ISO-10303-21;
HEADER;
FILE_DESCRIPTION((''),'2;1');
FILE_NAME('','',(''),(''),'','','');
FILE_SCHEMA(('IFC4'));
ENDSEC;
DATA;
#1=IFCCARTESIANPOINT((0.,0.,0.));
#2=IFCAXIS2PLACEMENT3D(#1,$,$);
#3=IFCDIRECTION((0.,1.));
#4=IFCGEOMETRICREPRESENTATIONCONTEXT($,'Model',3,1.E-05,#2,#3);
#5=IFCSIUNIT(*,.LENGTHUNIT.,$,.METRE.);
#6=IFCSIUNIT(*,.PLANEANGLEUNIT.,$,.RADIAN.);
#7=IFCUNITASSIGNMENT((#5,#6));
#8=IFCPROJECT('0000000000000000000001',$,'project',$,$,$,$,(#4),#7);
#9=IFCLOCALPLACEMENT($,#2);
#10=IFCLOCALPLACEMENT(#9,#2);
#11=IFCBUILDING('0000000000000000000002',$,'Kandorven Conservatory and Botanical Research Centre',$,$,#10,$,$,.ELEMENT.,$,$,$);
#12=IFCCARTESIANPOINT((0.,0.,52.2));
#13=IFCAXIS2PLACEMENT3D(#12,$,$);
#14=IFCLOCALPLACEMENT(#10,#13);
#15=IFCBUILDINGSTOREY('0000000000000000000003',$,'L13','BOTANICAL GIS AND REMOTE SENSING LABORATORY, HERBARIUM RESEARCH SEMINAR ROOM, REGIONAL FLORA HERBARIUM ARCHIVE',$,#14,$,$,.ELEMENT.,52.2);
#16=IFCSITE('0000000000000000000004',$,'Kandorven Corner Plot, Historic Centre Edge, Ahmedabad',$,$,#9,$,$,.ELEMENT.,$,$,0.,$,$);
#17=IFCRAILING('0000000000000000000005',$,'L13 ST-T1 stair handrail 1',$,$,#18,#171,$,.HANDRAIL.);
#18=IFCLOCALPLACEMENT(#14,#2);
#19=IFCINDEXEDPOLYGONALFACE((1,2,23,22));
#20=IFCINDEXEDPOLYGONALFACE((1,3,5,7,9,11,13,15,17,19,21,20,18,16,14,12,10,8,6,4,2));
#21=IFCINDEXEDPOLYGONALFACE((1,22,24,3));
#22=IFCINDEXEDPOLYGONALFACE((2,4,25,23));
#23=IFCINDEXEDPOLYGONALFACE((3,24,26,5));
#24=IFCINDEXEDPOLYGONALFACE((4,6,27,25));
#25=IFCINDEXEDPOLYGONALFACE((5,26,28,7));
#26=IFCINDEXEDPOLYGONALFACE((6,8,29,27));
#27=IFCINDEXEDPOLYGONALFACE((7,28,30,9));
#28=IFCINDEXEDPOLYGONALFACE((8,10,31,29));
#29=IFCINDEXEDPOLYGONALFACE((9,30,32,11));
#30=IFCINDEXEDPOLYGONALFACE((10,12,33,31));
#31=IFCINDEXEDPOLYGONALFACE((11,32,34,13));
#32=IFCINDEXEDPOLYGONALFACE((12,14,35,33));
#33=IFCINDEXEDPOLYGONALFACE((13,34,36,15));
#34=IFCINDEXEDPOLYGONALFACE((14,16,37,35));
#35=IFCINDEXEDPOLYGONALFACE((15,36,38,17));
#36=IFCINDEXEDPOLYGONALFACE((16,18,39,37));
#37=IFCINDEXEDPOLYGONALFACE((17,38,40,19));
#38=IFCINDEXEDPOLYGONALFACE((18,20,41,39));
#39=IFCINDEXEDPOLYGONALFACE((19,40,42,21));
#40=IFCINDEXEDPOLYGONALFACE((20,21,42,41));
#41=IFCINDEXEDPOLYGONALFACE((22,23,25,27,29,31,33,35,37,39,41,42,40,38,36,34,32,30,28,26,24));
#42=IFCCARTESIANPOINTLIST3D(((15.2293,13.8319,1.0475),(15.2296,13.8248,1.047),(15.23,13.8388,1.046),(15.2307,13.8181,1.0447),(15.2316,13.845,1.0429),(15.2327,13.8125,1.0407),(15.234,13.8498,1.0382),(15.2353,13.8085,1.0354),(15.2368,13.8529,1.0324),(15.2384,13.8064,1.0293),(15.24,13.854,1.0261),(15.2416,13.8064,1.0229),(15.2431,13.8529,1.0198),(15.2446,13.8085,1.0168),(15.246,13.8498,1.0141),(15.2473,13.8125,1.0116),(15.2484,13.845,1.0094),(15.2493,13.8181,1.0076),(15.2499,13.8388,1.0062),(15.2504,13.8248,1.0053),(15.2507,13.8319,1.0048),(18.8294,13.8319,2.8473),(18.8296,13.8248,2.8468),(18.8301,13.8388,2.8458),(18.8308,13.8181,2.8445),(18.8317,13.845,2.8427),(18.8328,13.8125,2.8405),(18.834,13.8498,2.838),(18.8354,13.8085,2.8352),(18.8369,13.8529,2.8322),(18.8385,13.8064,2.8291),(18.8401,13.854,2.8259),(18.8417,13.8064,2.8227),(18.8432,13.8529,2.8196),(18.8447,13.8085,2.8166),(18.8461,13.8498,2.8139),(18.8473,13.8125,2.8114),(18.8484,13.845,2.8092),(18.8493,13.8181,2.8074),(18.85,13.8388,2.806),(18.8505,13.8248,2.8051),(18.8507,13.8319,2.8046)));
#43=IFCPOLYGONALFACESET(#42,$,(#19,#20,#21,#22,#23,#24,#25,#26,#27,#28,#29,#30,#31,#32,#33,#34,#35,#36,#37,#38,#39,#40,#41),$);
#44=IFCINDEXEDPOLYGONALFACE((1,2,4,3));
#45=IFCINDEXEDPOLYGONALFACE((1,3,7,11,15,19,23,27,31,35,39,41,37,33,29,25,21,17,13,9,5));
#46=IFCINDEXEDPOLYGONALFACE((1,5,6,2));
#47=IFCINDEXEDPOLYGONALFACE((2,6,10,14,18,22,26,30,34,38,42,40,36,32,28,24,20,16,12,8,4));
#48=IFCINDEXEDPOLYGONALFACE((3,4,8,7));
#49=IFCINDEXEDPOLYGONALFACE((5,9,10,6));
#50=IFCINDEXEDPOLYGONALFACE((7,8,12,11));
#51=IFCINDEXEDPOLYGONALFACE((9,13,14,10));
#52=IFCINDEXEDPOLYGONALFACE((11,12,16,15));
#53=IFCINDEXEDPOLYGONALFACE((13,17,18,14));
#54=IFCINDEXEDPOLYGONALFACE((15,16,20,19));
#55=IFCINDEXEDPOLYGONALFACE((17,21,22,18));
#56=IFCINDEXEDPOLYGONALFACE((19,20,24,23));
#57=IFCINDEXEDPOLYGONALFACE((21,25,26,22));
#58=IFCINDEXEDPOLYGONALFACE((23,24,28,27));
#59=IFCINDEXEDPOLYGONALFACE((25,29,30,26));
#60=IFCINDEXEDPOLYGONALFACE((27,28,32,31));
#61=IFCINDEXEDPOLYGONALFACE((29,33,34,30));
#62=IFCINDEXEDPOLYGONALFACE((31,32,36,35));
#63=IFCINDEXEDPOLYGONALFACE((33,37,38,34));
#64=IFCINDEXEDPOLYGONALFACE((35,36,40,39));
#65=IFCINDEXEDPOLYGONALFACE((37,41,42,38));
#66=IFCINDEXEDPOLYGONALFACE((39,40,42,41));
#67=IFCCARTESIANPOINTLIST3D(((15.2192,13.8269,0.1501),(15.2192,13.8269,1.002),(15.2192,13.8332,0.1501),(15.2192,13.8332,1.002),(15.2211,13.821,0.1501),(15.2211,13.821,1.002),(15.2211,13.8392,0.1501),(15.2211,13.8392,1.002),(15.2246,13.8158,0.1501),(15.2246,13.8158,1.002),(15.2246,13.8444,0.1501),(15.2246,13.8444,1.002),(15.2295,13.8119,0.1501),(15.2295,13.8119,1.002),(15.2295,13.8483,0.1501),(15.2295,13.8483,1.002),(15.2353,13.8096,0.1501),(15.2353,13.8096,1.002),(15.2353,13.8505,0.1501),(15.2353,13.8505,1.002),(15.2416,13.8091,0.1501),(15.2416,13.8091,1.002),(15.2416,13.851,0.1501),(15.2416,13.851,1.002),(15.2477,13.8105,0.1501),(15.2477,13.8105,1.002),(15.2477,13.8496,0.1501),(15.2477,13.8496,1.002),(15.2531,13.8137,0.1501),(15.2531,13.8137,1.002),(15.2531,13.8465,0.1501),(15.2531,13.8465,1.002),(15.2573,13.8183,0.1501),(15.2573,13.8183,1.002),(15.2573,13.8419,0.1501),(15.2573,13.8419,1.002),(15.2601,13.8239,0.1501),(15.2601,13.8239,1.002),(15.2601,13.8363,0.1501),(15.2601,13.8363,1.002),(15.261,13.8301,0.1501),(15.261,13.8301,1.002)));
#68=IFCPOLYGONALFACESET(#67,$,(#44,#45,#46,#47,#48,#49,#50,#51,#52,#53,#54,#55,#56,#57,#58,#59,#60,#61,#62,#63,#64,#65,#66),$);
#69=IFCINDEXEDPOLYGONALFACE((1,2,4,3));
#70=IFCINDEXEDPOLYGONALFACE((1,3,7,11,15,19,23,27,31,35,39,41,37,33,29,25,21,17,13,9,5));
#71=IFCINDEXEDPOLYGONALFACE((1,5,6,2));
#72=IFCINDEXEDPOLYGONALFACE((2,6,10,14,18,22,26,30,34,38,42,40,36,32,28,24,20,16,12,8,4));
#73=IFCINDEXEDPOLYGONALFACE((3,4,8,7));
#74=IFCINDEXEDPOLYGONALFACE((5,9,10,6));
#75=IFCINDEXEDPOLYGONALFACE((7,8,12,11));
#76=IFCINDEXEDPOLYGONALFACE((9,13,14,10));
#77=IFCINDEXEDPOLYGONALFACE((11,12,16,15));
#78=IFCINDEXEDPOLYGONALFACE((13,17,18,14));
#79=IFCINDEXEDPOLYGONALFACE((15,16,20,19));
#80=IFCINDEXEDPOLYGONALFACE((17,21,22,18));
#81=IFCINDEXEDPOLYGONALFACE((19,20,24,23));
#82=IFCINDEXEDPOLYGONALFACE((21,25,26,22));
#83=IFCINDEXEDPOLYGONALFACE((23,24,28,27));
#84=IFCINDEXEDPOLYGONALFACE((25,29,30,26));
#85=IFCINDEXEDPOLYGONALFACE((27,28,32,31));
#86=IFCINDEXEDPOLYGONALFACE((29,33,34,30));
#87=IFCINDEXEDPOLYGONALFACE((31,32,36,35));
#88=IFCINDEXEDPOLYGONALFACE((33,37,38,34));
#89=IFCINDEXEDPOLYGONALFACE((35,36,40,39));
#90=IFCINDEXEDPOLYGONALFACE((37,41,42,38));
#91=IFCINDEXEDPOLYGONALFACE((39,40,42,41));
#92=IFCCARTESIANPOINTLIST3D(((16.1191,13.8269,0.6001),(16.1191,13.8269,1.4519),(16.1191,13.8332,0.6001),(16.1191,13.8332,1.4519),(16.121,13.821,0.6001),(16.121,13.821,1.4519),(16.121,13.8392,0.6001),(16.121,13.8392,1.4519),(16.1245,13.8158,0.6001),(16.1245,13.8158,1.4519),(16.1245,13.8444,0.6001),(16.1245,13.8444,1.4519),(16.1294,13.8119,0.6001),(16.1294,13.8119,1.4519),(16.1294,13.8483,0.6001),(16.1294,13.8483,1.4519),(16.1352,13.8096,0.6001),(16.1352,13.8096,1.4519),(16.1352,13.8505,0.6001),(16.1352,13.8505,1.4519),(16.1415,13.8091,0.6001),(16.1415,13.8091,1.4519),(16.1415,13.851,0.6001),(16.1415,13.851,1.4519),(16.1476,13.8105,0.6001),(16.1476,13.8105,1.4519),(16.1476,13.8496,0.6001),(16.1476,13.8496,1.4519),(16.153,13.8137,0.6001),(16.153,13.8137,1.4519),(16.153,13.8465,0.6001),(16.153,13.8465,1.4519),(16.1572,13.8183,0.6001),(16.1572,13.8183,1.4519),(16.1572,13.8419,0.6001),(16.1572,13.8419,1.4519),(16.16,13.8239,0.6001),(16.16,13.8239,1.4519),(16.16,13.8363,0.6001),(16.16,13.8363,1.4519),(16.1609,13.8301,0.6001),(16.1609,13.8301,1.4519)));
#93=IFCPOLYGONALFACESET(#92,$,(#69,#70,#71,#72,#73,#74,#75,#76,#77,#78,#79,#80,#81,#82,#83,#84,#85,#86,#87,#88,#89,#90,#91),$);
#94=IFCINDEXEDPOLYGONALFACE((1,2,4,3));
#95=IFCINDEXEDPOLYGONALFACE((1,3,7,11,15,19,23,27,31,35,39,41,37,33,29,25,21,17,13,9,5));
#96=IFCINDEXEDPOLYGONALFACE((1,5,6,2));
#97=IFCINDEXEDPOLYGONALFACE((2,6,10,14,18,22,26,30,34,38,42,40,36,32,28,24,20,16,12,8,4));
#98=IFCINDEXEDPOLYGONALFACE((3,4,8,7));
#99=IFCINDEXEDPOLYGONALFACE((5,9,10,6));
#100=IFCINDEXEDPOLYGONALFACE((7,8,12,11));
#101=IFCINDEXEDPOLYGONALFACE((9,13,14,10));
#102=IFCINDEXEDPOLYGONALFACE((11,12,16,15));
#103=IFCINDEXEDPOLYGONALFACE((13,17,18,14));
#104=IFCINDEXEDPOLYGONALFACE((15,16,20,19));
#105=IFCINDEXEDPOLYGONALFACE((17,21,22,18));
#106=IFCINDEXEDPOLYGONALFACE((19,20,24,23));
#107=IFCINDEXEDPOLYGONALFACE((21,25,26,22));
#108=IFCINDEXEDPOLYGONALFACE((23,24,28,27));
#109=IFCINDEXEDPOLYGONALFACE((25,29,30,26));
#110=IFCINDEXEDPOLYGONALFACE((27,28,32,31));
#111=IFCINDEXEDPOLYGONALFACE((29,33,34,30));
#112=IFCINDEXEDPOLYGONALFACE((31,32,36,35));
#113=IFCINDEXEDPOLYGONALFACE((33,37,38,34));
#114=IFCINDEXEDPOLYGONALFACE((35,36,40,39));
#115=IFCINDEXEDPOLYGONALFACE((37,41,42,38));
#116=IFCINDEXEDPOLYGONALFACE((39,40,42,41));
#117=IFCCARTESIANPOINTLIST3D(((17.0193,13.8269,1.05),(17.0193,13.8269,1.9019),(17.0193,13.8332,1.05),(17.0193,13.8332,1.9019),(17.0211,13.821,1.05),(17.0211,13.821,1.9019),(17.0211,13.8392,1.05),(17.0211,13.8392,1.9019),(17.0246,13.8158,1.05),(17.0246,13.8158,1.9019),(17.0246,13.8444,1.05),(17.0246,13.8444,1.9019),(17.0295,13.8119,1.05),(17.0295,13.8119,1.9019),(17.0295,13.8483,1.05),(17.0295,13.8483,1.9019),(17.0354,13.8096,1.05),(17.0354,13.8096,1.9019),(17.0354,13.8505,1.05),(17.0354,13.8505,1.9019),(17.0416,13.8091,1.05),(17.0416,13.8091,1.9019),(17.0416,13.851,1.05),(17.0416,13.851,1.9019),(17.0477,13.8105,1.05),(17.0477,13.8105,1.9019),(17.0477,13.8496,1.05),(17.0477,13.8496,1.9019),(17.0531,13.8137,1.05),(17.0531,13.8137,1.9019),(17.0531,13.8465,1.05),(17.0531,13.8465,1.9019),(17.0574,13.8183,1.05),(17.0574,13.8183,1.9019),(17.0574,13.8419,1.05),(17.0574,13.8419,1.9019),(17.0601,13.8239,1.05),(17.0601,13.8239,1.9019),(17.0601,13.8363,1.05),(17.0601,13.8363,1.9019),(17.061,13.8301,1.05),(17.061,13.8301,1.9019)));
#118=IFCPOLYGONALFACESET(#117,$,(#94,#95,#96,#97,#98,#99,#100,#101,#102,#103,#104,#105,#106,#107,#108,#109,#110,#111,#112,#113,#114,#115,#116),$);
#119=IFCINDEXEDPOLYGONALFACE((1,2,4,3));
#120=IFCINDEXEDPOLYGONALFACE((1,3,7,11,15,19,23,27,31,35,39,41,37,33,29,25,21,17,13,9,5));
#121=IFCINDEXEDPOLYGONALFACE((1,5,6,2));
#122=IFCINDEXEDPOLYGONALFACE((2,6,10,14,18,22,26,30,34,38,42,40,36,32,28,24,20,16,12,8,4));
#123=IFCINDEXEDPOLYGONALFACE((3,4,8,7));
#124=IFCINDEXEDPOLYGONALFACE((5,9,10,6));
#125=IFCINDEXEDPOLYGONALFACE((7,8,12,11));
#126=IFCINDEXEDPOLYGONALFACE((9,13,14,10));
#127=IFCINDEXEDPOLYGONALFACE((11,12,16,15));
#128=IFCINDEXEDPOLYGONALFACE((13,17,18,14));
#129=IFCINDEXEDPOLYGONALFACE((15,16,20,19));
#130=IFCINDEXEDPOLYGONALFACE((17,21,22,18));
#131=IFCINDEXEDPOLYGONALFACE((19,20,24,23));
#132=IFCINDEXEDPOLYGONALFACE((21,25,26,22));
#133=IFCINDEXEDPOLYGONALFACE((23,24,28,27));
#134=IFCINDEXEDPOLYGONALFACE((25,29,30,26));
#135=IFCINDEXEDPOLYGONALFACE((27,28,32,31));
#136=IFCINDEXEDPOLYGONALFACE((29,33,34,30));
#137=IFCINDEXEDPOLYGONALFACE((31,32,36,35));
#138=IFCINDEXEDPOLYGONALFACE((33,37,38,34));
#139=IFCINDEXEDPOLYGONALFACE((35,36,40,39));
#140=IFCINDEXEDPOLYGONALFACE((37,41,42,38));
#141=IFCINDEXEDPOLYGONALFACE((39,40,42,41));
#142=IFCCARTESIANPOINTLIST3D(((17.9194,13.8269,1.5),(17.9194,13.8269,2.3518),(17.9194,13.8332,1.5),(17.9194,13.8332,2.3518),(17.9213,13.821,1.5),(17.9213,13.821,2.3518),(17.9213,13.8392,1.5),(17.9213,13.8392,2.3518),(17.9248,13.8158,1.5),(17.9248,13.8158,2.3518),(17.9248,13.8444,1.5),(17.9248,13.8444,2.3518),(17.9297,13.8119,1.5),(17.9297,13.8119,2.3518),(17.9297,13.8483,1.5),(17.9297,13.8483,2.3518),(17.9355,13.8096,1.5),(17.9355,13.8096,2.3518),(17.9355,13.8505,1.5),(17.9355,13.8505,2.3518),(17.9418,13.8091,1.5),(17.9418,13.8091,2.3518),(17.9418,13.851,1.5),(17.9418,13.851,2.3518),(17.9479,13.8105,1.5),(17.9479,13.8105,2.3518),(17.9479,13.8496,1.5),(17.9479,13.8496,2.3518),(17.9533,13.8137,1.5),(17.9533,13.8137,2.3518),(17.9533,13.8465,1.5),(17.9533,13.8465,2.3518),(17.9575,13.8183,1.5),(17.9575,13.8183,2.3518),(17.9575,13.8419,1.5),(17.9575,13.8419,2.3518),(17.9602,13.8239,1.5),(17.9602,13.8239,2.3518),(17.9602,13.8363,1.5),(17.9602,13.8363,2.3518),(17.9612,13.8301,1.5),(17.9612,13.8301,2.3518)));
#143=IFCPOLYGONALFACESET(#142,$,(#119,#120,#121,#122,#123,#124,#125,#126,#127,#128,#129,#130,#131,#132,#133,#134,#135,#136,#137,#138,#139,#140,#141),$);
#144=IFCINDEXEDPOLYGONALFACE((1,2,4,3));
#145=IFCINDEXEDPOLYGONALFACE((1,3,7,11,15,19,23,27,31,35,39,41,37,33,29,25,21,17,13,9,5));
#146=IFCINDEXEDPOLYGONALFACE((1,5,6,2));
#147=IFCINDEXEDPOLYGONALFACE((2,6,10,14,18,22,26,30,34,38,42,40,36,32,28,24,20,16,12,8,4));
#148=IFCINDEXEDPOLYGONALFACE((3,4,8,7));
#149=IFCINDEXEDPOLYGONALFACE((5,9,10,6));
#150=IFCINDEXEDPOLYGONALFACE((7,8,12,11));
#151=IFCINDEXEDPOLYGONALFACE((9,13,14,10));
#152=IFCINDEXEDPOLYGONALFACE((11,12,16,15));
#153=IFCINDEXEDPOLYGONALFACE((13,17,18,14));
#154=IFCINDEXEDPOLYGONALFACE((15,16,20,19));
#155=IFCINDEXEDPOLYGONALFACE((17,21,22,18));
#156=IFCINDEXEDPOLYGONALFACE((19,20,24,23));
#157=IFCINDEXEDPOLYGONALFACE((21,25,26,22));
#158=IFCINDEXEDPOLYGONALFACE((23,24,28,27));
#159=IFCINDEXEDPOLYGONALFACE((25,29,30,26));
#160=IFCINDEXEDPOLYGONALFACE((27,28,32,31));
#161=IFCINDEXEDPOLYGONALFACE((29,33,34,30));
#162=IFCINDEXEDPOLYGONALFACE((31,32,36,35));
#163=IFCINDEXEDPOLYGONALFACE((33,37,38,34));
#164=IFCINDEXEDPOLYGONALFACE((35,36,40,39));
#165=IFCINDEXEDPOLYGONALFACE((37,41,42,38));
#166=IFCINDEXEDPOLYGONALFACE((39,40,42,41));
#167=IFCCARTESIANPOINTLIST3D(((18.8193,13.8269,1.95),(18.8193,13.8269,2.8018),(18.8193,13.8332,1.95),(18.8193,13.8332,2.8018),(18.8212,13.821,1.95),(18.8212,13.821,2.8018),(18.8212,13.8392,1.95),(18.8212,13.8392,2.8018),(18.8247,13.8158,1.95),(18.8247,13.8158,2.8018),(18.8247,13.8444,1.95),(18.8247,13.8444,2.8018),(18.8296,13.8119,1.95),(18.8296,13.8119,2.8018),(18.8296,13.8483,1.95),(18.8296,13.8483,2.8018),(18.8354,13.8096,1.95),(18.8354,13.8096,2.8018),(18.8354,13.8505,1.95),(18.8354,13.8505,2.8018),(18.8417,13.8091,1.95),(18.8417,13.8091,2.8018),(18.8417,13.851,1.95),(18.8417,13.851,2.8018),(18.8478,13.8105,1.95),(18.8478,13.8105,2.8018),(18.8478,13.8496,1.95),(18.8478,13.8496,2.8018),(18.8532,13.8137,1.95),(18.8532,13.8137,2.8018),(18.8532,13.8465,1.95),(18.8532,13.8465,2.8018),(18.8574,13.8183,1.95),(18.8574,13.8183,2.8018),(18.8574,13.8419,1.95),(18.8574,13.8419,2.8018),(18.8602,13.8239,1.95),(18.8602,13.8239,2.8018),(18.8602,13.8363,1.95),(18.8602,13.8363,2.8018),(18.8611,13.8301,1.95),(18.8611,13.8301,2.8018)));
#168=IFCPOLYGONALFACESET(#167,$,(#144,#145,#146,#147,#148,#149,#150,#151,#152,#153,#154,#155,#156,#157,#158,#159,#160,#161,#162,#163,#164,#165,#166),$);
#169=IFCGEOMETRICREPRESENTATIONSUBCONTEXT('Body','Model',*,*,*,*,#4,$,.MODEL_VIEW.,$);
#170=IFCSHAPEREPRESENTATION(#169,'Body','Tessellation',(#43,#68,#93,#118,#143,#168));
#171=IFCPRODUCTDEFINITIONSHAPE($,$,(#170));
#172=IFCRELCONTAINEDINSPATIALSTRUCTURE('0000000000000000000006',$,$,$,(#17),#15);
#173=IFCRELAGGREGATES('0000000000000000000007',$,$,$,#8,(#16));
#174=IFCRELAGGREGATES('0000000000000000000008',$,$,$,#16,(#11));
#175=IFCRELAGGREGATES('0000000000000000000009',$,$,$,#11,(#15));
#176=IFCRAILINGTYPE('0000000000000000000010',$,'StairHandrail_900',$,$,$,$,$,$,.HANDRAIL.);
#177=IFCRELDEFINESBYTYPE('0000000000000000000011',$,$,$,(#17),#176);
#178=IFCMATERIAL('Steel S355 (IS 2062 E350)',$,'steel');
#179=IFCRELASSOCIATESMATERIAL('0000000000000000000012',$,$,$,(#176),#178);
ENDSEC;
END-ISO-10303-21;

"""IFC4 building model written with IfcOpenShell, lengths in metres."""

from ifc_helpers import new_model, si_unit, direction, frame, origin, origin_2d, place, context, subcontext, project, spatial, circle, extrude, material, type_object, element, save


model = new_model("IFC4")

# Units and contexts
model_context = context("Model", 3, precision=1e-05, world=origin(), true_north=direction((0.0, 1.0)))
body_context = subcontext(model_context, "Body", "Model", "MODEL_VIEW")
ifc_project = project(units=[si_unit("LENGTHUNIT", "METRE"), si_unit("PLANEANGLEUNIT", "RADIAN")], contexts=[model_context])

# Site, building, storey
site_placement = place(None, origin())
site = spatial("IfcSite", under=ifc_project, at=site_placement, Name="Kandorven Corner Plot, Historic Centre Edge, Ahmedabad", CompositionType="ELEMENT", RefElevation=0.0)
building_placement = place(site_placement, origin())
building = spatial("IfcBuilding", under=site, at=building_placement, Name="Kandorven Conservatory and Botanical Research Centre", CompositionType="ELEMENT")
storey_placement = place(building_placement, frame((0.0, 0.0, 52.2)))
storey = spatial("IfcBuildingStorey", under=building, at=storey_placement, Name="L13", Description="BOTANICAL GIS AND REMOTE SENSING LABORATORY, HERBARIUM RESEARCH SEMINAR ROOM, REGIONAL FLORA HERBARIUM ARCHIVE", CompositionType="ELEMENT", Elevation=52.2)

# Railing
ifc_material_1 = material(Name="Steel S355 (IS 2062 E350)", Category="steel")
railing_type_1 = type_object("IfcRailingType", Name="StairHandrail_900", PredefinedType="HANDRAIL", material=ifc_material_1)
railing_1_placement = place(storey_placement, frame((15.24, 13.8301, 0.1501)))
element("IfcRailing", 1, at=railing_1_placement, inside=storey, type_object=railing_type_1, Name="L13 ST-T1 stair handrail 1", PredefinedType="HANDRAIL", context=body_context, shape_type="SweptSolid", body=[
    extrude(circle(Radius=0.0239, at=origin_2d()), frame((0.0, 0.0, 0.876), z_axis=(0.894451, 0.0, 0.447165), x_axis=(0.0, 1.0, 0.0)), (0.0, 0.0, 1.0), 4.0249),
    extrude(circle(Radius=0.021, at=origin_2d()), origin(), (0.0, 0.0, 1.0), 0.8518),
    extrude(circle(Radius=0.021, at=origin_2d()), frame((0.8999, 0.0, 0.45)), (0.0, 0.0, 1.0), 0.8518),
    extrude(circle(Radius=0.021, at=origin_2d()), frame((1.8, 0.0, 0.8999)), (0.0, 0.0, 1.0), 0.8518),
    extrude(circle(Radius=0.021, at=origin_2d()), frame((2.7002, 0.0, 1.3499)), (0.0, 0.0, 1.0), 0.8518),
    extrude(circle(Radius=0.021, at=origin_2d()), frame((3.6001, 0.0, 1.7998)), (0.0, 0.0, 1.0), 0.8518),
])

save(model, "model.ifc")
